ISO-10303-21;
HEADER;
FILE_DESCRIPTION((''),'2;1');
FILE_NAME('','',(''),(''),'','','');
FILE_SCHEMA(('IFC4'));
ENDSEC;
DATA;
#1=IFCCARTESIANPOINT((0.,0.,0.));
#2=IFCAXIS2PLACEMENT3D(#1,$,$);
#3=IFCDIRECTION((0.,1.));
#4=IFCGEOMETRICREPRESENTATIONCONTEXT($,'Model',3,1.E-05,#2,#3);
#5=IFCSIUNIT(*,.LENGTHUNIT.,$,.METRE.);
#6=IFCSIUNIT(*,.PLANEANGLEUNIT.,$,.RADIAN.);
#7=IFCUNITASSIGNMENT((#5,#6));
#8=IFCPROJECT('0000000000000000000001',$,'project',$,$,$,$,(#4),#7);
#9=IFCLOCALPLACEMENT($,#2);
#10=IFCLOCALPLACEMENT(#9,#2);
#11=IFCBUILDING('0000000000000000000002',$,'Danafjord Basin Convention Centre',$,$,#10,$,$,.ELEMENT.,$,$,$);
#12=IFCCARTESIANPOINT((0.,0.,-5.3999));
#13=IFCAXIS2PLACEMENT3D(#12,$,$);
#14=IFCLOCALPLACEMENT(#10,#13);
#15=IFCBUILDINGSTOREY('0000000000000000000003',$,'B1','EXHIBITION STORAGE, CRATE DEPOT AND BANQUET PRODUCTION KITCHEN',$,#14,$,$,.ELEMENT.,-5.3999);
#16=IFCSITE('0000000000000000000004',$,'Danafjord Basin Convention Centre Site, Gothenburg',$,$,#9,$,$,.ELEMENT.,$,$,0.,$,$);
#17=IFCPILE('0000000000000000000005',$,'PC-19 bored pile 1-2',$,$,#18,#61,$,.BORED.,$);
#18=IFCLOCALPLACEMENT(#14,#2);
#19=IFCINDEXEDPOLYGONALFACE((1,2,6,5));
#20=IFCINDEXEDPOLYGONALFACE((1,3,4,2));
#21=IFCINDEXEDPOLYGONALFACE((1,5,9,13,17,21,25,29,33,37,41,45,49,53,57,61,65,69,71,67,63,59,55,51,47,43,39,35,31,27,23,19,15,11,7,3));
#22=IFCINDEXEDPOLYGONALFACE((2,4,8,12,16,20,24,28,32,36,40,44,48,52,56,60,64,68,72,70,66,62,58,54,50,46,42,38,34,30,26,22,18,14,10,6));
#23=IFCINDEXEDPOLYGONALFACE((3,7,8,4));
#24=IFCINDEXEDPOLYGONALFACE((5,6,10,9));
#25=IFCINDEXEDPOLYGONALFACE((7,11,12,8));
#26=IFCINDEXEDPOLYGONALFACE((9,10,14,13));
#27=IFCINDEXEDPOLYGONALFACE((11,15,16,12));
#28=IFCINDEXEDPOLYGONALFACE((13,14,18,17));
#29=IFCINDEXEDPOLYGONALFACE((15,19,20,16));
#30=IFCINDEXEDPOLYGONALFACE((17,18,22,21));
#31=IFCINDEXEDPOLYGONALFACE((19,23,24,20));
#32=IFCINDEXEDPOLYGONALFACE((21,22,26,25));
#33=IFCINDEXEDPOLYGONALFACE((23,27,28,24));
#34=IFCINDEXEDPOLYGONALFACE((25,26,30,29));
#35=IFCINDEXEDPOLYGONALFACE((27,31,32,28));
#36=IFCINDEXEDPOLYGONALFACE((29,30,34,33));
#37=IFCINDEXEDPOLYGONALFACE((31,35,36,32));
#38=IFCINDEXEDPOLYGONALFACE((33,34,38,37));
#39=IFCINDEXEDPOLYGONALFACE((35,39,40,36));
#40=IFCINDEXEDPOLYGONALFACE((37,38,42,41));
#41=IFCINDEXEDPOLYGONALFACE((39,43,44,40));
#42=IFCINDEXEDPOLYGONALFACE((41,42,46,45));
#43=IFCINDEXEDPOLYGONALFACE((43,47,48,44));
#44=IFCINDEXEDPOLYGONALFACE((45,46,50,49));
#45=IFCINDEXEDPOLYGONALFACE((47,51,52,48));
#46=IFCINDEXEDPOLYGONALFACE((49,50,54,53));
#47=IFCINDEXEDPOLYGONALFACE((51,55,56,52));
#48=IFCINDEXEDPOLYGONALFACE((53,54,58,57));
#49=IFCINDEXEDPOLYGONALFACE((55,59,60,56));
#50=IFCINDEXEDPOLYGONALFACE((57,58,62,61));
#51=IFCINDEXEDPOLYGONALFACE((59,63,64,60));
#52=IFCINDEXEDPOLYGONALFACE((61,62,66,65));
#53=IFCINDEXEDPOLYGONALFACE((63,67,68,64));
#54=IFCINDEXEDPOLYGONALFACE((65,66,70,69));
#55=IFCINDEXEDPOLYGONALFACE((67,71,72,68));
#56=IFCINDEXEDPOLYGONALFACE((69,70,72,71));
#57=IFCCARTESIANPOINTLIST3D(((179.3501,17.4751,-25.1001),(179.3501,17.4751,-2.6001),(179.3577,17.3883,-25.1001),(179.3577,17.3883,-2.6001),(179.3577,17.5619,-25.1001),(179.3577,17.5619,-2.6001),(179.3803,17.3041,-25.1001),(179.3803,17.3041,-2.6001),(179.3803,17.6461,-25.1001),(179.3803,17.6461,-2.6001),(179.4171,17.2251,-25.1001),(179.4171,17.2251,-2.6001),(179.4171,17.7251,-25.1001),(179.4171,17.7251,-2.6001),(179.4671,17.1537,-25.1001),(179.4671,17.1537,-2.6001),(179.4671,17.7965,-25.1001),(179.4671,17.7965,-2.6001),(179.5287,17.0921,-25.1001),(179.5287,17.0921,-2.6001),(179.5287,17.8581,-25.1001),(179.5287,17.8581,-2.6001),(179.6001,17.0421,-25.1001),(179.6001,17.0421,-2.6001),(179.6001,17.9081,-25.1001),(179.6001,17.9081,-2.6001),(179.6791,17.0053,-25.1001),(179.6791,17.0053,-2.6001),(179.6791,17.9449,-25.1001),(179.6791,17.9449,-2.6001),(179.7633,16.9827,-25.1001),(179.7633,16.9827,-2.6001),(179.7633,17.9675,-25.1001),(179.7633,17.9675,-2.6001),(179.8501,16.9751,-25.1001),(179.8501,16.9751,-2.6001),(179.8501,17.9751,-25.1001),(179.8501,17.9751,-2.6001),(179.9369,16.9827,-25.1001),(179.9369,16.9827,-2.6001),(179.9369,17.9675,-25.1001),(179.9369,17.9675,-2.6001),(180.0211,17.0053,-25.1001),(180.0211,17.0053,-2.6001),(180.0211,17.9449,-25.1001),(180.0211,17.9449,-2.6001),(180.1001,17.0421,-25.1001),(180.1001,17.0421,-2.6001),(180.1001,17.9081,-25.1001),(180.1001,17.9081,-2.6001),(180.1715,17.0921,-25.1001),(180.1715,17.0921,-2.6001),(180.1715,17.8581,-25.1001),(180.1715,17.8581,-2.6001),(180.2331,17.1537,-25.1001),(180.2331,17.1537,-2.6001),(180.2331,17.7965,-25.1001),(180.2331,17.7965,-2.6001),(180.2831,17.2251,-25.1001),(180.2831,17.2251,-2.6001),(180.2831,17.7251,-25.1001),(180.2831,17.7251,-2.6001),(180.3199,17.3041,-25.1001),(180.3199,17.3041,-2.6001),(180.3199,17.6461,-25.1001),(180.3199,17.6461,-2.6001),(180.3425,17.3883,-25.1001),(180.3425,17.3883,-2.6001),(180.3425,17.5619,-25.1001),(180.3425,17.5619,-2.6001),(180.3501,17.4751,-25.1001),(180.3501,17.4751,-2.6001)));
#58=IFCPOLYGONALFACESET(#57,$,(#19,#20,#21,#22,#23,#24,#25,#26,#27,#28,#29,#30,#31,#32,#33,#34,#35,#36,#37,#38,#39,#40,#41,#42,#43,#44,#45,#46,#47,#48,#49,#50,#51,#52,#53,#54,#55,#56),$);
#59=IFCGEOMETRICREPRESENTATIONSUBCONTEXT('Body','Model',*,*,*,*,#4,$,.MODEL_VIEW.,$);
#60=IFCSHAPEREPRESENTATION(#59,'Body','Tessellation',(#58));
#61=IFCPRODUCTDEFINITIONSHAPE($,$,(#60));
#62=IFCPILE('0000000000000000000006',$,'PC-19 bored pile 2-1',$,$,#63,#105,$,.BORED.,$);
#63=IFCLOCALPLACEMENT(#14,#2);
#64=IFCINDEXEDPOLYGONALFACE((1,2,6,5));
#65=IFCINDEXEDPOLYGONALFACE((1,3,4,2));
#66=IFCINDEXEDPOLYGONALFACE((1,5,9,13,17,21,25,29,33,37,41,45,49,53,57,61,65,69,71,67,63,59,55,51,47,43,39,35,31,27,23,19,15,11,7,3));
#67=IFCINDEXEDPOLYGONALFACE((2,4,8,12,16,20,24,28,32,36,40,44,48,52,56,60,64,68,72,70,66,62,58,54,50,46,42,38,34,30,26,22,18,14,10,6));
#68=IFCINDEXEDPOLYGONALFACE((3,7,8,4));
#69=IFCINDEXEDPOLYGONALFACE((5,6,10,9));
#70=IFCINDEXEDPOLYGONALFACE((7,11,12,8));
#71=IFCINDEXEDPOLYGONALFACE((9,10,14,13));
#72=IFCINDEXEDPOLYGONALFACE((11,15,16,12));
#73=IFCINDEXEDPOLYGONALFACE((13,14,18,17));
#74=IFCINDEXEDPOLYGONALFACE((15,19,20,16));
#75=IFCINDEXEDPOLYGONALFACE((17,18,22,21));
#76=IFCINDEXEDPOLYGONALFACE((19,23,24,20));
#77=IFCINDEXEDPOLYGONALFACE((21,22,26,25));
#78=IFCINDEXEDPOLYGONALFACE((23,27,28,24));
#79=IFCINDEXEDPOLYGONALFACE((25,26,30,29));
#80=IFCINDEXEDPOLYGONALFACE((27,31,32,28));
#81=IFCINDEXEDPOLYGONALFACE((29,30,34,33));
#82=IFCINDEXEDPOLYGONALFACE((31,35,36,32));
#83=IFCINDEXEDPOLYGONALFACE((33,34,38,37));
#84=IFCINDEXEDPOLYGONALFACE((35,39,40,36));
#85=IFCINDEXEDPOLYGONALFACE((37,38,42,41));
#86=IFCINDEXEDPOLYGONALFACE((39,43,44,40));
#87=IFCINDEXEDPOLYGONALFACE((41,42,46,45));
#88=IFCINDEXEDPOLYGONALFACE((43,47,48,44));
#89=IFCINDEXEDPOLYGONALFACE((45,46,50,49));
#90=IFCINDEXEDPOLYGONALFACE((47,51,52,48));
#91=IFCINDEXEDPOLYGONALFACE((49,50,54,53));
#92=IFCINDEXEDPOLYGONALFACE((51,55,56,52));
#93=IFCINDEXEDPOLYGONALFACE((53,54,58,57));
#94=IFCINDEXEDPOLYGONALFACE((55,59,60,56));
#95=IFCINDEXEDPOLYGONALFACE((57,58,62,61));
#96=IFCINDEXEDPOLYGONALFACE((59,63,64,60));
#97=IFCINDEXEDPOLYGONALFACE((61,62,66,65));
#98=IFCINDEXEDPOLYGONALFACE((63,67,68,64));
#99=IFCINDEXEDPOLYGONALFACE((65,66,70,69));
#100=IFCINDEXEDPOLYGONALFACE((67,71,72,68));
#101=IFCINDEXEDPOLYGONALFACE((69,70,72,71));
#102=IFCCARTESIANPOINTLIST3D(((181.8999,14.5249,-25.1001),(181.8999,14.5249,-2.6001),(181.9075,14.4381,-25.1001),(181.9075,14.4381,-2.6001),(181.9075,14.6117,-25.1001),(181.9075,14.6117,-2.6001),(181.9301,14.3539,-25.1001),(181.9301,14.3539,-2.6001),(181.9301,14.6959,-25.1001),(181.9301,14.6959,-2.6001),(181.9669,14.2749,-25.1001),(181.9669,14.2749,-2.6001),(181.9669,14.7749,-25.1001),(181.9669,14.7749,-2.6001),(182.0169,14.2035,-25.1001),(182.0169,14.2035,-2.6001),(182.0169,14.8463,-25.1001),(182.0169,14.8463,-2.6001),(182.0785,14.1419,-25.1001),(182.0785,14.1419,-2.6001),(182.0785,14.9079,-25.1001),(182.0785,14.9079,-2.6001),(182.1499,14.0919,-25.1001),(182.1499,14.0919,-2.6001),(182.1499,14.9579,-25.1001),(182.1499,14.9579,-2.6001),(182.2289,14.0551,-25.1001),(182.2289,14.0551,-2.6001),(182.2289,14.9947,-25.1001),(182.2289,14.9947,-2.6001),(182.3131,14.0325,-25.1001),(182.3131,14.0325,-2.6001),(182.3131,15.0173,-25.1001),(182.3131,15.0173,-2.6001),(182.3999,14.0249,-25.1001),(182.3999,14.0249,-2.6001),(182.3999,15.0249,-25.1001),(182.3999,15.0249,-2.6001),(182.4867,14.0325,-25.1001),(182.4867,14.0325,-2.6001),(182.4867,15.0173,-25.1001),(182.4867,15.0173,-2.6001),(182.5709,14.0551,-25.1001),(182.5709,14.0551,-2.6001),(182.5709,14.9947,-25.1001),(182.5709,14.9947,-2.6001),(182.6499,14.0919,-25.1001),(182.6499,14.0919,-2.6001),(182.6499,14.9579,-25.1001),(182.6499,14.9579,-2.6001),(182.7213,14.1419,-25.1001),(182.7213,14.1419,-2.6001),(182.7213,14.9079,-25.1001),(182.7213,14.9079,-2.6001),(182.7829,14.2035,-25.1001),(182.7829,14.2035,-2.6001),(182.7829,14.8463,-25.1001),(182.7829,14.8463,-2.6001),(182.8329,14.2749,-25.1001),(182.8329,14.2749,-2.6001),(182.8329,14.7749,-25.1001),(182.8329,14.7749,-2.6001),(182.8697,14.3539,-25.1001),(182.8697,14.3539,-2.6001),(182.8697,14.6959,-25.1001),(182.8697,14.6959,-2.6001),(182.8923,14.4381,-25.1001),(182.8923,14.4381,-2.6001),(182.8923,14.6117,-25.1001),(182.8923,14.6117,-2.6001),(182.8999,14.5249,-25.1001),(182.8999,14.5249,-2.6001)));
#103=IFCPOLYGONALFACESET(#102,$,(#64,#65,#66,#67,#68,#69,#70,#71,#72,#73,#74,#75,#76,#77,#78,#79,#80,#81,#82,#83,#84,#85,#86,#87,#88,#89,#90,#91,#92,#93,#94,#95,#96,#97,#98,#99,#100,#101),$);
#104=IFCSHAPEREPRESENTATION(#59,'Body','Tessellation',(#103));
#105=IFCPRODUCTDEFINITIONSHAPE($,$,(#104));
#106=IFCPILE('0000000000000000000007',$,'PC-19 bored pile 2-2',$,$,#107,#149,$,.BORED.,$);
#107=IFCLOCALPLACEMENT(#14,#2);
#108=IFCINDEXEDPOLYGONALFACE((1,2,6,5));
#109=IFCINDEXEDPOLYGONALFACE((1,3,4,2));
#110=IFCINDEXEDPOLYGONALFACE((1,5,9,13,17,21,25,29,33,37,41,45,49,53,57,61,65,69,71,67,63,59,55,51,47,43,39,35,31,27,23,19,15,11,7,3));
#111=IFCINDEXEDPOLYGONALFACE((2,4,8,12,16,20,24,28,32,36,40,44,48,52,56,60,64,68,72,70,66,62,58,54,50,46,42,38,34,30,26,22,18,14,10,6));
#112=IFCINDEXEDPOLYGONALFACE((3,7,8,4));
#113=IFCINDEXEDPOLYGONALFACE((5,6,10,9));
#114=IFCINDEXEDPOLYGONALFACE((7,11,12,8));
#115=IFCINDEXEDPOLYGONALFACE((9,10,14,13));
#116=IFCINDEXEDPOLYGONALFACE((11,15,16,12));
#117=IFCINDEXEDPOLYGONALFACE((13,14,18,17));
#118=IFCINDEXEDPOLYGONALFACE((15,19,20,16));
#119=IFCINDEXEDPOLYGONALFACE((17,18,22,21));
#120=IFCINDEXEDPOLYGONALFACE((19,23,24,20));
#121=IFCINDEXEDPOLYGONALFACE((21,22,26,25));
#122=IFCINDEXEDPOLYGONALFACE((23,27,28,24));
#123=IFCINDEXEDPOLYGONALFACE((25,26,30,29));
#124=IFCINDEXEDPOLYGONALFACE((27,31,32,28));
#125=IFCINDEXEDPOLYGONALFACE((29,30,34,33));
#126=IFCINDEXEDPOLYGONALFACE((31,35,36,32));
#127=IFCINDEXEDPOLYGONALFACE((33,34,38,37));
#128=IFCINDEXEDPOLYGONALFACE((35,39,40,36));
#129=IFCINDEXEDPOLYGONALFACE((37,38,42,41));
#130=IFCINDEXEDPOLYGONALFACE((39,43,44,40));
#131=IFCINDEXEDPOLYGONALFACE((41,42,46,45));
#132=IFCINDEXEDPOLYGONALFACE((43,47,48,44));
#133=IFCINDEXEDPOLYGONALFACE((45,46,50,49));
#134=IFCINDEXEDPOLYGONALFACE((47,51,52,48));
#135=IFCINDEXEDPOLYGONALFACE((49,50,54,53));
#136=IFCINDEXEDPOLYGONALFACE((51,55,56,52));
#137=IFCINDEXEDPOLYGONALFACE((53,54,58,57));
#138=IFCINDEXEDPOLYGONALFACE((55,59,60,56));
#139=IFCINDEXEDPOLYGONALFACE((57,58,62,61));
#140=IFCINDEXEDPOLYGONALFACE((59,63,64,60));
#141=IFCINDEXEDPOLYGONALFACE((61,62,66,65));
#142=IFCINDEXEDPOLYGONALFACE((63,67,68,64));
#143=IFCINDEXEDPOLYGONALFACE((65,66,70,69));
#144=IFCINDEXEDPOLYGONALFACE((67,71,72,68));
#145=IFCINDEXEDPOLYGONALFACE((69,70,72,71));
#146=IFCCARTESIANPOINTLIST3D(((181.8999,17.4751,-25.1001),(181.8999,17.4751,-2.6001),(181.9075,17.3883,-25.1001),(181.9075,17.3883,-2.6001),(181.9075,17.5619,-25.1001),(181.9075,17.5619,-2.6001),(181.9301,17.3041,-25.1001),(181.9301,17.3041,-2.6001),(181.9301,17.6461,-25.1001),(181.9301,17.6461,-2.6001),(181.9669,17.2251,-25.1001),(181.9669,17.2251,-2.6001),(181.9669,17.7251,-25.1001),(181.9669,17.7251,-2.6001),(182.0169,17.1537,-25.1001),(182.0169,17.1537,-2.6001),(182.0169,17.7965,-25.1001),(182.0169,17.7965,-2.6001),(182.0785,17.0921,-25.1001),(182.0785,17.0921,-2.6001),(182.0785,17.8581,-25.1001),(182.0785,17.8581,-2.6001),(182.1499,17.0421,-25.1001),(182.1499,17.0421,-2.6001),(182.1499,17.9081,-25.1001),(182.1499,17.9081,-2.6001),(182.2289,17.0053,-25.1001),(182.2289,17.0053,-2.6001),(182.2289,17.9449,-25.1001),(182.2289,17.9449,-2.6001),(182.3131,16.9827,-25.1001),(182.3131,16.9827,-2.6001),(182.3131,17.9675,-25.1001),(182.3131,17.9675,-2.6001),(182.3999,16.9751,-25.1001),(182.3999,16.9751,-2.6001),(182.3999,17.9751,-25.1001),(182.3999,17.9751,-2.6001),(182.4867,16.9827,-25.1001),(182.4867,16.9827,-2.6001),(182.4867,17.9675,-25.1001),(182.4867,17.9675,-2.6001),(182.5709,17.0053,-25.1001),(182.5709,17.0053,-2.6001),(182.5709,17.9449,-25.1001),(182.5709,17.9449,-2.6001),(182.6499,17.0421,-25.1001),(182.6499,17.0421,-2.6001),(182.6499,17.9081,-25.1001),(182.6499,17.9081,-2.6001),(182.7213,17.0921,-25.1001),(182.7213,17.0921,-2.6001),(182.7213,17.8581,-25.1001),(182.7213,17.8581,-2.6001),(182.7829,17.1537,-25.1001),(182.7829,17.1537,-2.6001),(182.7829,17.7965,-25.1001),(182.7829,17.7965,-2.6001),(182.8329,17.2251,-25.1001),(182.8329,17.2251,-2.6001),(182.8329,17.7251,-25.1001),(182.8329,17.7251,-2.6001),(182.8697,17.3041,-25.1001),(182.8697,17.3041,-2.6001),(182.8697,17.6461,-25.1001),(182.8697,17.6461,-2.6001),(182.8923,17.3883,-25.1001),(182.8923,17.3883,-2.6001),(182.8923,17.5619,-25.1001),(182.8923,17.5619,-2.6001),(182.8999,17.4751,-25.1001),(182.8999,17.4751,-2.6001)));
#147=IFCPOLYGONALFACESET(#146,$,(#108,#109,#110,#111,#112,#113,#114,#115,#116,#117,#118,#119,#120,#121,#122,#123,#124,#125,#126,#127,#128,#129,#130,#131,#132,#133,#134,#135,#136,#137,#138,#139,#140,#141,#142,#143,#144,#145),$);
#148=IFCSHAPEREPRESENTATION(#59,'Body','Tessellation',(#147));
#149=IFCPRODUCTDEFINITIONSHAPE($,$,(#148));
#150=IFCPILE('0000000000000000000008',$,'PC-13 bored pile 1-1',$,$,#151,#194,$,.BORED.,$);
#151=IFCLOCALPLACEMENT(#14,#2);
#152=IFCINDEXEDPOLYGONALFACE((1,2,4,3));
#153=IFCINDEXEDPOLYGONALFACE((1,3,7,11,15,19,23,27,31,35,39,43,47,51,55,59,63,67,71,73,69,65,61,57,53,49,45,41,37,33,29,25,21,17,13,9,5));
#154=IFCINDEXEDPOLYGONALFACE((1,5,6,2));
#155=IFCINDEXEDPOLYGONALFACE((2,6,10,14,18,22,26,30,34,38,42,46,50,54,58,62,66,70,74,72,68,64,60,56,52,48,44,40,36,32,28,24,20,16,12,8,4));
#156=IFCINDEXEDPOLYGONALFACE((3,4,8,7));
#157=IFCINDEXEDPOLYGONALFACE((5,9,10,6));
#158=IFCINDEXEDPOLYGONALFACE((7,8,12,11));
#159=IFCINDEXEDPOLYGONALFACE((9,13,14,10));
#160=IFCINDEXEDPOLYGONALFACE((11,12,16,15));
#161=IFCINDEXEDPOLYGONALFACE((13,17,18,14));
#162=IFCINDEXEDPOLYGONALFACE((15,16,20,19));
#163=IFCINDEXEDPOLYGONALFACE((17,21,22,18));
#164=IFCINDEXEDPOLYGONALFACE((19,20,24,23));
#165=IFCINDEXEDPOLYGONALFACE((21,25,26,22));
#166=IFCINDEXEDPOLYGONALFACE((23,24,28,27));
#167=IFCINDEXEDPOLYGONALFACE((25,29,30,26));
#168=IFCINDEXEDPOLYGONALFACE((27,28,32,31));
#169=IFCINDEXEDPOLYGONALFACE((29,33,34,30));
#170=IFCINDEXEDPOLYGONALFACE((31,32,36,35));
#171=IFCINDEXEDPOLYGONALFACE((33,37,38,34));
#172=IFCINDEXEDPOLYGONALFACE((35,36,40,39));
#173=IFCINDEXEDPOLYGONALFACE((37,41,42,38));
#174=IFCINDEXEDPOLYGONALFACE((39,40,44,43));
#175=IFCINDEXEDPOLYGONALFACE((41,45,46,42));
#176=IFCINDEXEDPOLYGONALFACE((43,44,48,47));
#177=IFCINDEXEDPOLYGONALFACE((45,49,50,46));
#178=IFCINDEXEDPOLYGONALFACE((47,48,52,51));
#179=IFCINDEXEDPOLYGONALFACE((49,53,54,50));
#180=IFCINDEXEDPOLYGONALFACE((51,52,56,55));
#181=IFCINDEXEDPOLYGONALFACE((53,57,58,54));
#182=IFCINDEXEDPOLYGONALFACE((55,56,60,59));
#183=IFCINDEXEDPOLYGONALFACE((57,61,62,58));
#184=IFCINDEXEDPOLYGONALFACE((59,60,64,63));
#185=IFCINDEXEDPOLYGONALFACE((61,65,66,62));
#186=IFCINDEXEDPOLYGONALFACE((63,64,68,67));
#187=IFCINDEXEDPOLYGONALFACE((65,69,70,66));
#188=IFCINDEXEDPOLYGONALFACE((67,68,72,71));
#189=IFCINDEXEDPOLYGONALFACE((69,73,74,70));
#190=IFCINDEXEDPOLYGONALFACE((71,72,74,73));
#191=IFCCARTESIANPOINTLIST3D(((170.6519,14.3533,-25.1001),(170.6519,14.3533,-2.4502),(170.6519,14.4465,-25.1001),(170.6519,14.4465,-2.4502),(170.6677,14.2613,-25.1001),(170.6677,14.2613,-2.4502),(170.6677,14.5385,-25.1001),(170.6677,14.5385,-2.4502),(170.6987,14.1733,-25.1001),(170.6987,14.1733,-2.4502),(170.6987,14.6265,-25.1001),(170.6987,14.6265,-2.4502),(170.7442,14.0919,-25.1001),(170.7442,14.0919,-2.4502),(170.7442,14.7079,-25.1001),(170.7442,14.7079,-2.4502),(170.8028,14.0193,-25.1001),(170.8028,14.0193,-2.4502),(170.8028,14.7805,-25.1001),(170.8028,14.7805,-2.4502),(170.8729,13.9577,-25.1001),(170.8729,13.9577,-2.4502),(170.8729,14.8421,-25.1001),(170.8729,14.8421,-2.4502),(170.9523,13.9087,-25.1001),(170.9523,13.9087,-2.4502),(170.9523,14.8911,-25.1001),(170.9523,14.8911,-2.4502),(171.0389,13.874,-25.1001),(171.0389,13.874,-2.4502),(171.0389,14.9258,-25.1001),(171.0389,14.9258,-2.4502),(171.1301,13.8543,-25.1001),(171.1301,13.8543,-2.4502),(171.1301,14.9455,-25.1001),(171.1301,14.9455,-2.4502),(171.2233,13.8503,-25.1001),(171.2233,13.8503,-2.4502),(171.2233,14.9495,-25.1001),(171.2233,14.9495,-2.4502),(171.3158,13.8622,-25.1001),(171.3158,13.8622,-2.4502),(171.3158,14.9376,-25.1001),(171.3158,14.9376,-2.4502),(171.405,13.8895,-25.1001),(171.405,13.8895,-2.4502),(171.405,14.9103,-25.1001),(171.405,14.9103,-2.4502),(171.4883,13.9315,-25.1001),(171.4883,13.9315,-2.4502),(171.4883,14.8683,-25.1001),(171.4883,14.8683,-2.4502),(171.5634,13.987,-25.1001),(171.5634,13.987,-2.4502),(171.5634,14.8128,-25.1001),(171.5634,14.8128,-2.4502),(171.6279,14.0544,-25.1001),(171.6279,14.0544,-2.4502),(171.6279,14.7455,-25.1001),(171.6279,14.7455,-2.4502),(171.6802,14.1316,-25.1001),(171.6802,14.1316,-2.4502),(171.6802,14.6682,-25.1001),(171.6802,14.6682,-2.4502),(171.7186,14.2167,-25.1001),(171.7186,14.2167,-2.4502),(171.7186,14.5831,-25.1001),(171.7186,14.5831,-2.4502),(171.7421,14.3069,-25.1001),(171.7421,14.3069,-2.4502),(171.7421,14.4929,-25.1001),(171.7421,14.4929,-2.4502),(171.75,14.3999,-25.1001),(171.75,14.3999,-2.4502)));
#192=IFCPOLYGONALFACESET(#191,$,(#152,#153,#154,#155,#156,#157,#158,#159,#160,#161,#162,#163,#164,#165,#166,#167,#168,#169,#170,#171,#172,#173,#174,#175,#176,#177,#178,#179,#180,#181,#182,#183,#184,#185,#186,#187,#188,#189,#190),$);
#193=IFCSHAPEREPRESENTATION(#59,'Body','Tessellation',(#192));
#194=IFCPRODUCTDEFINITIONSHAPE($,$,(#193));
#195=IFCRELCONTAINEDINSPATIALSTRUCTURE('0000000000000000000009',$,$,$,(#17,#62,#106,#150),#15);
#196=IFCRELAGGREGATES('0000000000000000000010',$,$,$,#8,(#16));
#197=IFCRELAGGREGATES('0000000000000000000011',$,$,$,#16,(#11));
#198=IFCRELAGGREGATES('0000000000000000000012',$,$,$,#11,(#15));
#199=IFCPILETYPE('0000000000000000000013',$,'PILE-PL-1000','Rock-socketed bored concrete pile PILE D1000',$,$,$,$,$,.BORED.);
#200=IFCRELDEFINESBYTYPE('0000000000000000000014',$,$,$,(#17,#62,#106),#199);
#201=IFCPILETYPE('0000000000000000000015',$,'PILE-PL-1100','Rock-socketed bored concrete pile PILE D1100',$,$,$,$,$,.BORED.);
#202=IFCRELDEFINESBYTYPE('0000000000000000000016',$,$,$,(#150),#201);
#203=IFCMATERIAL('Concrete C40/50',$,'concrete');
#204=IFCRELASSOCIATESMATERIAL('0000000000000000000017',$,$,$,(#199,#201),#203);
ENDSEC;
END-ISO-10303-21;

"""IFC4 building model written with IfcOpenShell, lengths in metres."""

from ifc_helpers import new_model, si_unit, direction, frame, origin, origin_2d, place, context, subcontext, project, spatial, circle, extrude, material, material_profile, profile_set, type_object, element, save


model = new_model("IFC4")

# Units and contexts
model_context = context("Model", 3, precision=1e-05, world=origin(), true_north=direction((0.0, 1.0)))
body_context = subcontext(model_context, "Body", "Model", "MODEL_VIEW")
ifc_project = project(units=[si_unit("LENGTHUNIT", "METRE"), si_unit("PLANEANGLEUNIT", "RADIAN")], contexts=[model_context])

# Site, building, storey
site_placement = place(None, origin())
site = spatial("IfcSite", under=ifc_project, at=site_placement, Name="Danafjord Basin Convention Centre Site, Gothenburg", CompositionType="ELEMENT", RefElevation=0.0)
building_placement = place(site_placement, origin())
building = spatial("IfcBuilding", under=site, at=building_placement, Name="Danafjord Basin Convention Centre", CompositionType="ELEMENT")
storey_placement = place(building_placement, frame((0.0, 0.0, -5.3999)))
storey = spatial("IfcBuildingStorey", under=building, at=storey_placement, Name="B1", Description="EXHIBITION STORAGE, CRATE DEPOT AND BANQUET PRODUCTION KITCHEN", CompositionType="ELEMENT", Elevation=-5.3999)

# Shared definitions
ifc_material_1 = material(Name="Concrete C40/50", Category="concrete")

# Piles
ifc_material_profile_1 = material_profile(ifc_material_1, circle(Radius=0.5, at=origin_2d()), Name="PILE D1000")
ifc_profile_set_1 = profile_set([ifc_material_profile_1], Name="Concrete C40/50")
pile_type_1 = type_object("IfcPileType", Name="PILE-PL-1000", Description="Rock-socketed bored concrete pile PILE D1000", PredefinedType="BORED", material=ifc_profile_set_1)
for number, where, z_axis, x_axis, name in (
    (1, (179.8501, 17.4751, -2.6001), (0.0, 0.0, -1.0), (1.0, 0.0, 0.0), "PC-19 bored pile 1-2"),
    (2, (182.3999, 14.5249, -2.6001), (0.0, 0.0, -1.0), (1.0, 0.0, 0.0), "PC-19 bored pile 2-1"),
    (3, (182.3999, 17.4751, -2.6001), (0.0, 0.0, -1.0), (1.0, 0.0, 0.0), "PC-19 bored pile 2-2"),
):
    element("IfcPile", number, at=place(storey_placement, frame(where, z_axis=z_axis, x_axis=x_axis)), inside=storey, type_object=pile_type_1, Name=name, PredefinedType="BORED", context=body_context, shape_type="SweptSolid", body=[
        extrude(circle(Radius=0.5, at=origin_2d()), origin(), (0.0, 0.0, 1.0), 22.5),
    ])
ifc_material_profile_2 = material_profile(ifc_material_1, circle(Radius=0.55, at=origin_2d()), Name="PILE D1100")
ifc_profile_set_2 = profile_set([ifc_material_profile_2], Name="Concrete C40/50")
pile_type_2 = type_object("IfcPileType", Name="PILE-PL-1100", Description="Rock-socketed bored concrete pile PILE D1100", PredefinedType="BORED", material=ifc_profile_set_2)
for number, where, z_axis, x_axis, name in (
    (4, (171.2, 14.3999, -2.4502), (0.0, 0.0, -1.0), (1.0, 0.0, 0.0), "PC-13 bored pile 1-1"),
):
    element("IfcPile", number, at=place(storey_placement, frame(where, z_axis=z_axis, x_axis=x_axis)), inside=storey, type_object=pile_type_2, Name=name, PredefinedType="BORED", context=body_context, shape_type="SweptSolid", body=[
        extrude(circle(Radius=0.55, at=origin_2d()), origin(), (0.0, 0.0, 1.0), 22.6499),
    ])

save(model, "model.ifc")
